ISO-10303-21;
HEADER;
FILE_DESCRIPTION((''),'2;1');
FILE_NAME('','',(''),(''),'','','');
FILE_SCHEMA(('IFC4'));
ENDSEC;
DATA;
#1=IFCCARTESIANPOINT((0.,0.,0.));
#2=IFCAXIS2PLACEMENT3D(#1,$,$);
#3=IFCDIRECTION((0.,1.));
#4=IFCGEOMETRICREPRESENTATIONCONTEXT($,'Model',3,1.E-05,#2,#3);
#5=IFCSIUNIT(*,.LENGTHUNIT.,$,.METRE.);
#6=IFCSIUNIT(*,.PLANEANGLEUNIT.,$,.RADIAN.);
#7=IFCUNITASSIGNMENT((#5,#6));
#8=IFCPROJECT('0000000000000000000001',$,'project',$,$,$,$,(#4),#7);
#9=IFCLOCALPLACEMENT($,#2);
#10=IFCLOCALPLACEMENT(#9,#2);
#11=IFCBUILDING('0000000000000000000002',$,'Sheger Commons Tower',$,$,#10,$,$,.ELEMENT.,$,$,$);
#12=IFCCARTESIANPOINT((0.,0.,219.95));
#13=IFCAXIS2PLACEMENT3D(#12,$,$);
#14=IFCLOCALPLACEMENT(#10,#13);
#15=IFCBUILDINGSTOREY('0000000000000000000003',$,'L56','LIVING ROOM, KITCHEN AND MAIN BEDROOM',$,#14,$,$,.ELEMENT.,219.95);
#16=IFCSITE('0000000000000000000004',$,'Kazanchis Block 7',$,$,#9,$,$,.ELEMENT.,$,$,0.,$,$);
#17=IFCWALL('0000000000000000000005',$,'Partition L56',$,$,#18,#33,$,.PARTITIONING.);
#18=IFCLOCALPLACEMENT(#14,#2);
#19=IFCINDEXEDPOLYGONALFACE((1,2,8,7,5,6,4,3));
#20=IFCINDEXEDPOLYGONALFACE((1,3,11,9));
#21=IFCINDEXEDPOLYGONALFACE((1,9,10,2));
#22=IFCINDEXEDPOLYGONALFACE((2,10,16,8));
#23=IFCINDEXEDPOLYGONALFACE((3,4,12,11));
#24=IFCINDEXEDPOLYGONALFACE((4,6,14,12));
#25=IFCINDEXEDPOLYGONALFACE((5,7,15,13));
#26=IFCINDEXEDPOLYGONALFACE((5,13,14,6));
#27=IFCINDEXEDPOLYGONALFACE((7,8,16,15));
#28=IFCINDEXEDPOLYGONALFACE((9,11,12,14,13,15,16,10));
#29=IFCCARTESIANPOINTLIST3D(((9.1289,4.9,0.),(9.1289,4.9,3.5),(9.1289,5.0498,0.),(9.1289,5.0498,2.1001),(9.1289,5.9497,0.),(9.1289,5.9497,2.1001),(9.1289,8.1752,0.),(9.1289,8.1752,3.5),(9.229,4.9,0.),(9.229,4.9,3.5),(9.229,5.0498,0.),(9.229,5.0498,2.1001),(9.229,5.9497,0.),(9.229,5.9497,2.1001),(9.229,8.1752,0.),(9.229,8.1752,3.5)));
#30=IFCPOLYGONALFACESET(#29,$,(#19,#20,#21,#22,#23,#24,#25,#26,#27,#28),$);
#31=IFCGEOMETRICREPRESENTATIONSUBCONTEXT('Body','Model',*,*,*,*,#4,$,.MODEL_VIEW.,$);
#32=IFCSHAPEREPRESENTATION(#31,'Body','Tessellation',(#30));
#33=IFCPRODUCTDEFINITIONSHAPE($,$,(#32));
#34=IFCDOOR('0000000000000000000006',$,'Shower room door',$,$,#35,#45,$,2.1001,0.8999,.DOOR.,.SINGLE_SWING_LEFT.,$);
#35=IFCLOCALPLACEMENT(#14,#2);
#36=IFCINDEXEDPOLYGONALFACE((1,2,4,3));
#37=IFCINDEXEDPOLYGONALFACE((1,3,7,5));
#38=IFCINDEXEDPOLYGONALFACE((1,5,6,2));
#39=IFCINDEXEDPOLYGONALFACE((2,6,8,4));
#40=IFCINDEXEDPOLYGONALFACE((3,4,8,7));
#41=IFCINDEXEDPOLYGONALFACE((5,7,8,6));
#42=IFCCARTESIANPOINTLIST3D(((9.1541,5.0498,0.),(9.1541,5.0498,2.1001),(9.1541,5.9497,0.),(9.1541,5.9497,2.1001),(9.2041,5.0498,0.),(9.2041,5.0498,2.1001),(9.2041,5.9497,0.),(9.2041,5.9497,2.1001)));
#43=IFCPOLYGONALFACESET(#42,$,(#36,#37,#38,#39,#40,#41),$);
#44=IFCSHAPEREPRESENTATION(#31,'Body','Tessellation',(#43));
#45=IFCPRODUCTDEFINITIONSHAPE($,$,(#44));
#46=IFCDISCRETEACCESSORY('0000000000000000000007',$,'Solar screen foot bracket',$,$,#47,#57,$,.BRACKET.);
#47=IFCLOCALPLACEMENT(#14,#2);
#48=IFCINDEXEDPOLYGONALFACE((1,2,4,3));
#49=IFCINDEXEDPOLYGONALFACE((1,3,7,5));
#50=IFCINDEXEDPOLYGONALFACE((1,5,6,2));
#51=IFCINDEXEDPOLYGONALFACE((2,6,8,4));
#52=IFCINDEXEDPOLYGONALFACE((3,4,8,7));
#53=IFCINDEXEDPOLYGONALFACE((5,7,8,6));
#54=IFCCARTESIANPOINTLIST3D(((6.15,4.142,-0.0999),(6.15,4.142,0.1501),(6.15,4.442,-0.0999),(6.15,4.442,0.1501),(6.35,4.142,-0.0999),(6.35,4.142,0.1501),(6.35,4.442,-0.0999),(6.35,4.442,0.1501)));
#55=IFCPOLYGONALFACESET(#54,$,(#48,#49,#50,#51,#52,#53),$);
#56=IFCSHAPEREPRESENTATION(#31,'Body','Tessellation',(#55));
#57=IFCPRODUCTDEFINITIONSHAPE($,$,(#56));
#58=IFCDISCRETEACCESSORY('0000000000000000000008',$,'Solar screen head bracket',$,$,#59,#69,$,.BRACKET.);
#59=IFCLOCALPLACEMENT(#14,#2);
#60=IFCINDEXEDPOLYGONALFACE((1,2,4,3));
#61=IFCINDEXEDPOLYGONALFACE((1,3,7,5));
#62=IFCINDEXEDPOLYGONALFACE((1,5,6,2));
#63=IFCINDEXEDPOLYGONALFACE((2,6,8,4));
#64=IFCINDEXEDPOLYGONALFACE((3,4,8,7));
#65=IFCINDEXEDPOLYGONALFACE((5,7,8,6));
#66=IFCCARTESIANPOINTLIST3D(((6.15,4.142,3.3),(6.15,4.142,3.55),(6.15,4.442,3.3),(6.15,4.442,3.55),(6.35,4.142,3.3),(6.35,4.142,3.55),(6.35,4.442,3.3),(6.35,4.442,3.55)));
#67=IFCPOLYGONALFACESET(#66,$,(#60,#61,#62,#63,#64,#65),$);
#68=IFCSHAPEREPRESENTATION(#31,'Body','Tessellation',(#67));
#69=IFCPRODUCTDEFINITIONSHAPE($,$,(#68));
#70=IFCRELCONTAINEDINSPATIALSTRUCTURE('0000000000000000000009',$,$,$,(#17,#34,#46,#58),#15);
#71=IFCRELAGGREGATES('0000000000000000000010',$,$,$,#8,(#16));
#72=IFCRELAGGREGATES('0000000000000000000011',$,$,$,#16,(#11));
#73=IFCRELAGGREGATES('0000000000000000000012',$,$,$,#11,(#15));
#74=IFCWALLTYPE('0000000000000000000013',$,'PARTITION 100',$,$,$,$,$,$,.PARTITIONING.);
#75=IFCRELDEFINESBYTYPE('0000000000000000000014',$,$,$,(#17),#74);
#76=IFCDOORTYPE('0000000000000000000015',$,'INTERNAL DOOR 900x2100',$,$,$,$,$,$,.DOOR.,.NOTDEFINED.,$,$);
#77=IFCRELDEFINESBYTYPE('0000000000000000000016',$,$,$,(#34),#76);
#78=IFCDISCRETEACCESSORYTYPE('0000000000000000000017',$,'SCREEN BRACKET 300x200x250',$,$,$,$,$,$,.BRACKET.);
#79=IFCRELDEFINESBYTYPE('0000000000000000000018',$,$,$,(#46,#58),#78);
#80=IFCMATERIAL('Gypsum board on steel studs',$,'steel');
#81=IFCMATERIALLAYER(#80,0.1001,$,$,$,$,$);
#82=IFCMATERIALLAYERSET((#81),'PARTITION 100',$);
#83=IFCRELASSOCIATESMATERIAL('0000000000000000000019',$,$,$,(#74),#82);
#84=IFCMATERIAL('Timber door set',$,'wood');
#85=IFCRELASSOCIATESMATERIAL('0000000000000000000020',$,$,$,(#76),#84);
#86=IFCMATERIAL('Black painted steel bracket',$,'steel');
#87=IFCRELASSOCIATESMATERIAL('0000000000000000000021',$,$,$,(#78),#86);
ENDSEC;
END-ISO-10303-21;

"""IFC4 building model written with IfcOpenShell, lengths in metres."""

from ifc_helpers import new_model, si_unit, direction, frame, frame_2d, origin, origin_2d, place, context, subcontext, project, spatial, rectangle, extrude, material, layer, layer_set, type_object, element, fill, save


model = new_model("IFC4")

# Units and contexts
model_context = context("Model", 3, precision=1e-05, world=origin(), true_north=direction((0.0, 1.0)))
body_context = subcontext(model_context, "Body", "Model", "MODEL_VIEW")
ifc_project = project(units=[si_unit("LENGTHUNIT", "METRE"), si_unit("PLANEANGLEUNIT", "RADIAN")], contexts=[model_context])

# Site, building, storey
site_placement = place(None, origin())
site = spatial("IfcSite", under=ifc_project, at=site_placement, Name="Kazanchis Block 7", CompositionType="ELEMENT", RefElevation=0.0)
building_placement = place(site_placement, origin())
building = spatial("IfcBuilding", under=site, at=building_placement, Name="Sheger Commons Tower", CompositionType="ELEMENT")
storey_placement = place(building_placement, frame((0.0, 0.0, 219.95)))
storey = spatial("IfcBuildingStorey", under=building, at=storey_placement, Name="L56", Description="LIVING ROOM, KITCHEN AND MAIN BEDROOM", CompositionType="ELEMENT", Elevation=219.95)

# Shared definitions
ifc_material_1 = material(Name="Gypsum board on steel studs", Category="steel")
ifc_layer_1 = layer(ifc_material_1, 0.1001)
ifc_layer_set_1 = layer_set([ifc_layer_1], Name="PARTITION 100")
wall_type = type_object("IfcWallType", Name="PARTITION 100", PredefinedType="PARTITIONING", material=ifc_layer_set_1)

# Wall, opening, door
wall_1_placement = place(storey_placement, frame((9.179, 4.8999, 0.0), z_axis=(0.0, 0.0, 1.0), x_axis=(0.0, 1.0, 0.0)))
wall_1 = element("IfcWall", 1, at=wall_1_placement, inside=storey, type_object=wall_type, Name="Partition L56", PredefinedType="PARTITIONING", context=body_context, shape_type="SweptSolid", body=[
    extrude(rectangle(XDim=3.2751, YDim=0.1001, at=frame_2d((1.6377, 0.0))), origin(), (0.0, 0.0, 1.0), 3.5),
])
opening_placement = place(wall_1_placement, frame((0.1499, 0.0, 0.0)))
opening = element("IfcOpeningElement", 2, at=opening_placement, cuts=wall_1, PredefinedType="OPENING", context=body_context, shape_type="SweptSolid", body=[
    extrude(rectangle(XDim=0.8999, YDim=2.1001, at=frame_2d((0.45, 1.05))), frame((0.0, 0.0601, 0.0), z_axis=(0.0, -1.0, 0.0), x_axis=(1.0, 0.0, 0.0)), (0.0, 0.0, 1.0), 0.1201),
])
ifc_material_2 = material(Name="Timber door set", Category="wood")
door_type = type_object("IfcDoorType", Name="INTERNAL DOOR 900x2100", OperationType="NOTDEFINED", PredefinedType="DOOR", material=ifc_material_2)
door_placement = place(opening_placement, origin())
door = element("IfcDoor", 3, at=door_placement, inside=storey, type_object=door_type, Name="Shower room door", OperationType="SINGLE_SWING_LEFT", OverallHeight=2.1001, OverallWidth=0.8999, PredefinedType="DOOR", context=body_context, shape_type="SweptSolid", body=[
    extrude(rectangle(XDim=0.8999, YDim=2.1001, at=frame_2d((0.45, 1.05))), frame((0.0, 0.0249, 0.0), z_axis=(0.0, -1.0, 0.0), x_axis=(1.0, 0.0, 0.0)), (0.0, 0.0, 1.0), 0.05),
])
fill(opening, door)

# Discrete accessories
ifc_material_3 = material(Name="Black painted steel bracket", Category="steel")
discrete_accessory_type = type_object("IfcDiscreteAccessoryType", Name="SCREEN BRACKET 300x200x250", PredefinedType="BRACKET", material=ifc_material_3)
for number, where, z_axis, x_axis, name in (
    (4, (6.25, 4.292, -0.0999), (0.0, 0.0, 1.0), (0.0, -1.0, 0.0), "Solar screen foot bracket"),
    (5, (6.25, 4.292, 3.3), (0.0, 0.0, 1.0), (0.0, -1.0, 0.0), "Solar screen head bracket"),
):
    element("IfcDiscreteAccessory", number, at=place(storey_placement, frame(where, z_axis=z_axis, x_axis=x_axis)), inside=storey, type_object=discrete_accessory_type, Name=name, PredefinedType="BRACKET", context=body_context, shape_type="SweptSolid", body=[
        extrude(rectangle(XDim=0.3, YDim=0.2, at=origin_2d()), origin(), (0.0, 0.0, 1.0), 0.25),
    ])

save(model, "model.ifc")
